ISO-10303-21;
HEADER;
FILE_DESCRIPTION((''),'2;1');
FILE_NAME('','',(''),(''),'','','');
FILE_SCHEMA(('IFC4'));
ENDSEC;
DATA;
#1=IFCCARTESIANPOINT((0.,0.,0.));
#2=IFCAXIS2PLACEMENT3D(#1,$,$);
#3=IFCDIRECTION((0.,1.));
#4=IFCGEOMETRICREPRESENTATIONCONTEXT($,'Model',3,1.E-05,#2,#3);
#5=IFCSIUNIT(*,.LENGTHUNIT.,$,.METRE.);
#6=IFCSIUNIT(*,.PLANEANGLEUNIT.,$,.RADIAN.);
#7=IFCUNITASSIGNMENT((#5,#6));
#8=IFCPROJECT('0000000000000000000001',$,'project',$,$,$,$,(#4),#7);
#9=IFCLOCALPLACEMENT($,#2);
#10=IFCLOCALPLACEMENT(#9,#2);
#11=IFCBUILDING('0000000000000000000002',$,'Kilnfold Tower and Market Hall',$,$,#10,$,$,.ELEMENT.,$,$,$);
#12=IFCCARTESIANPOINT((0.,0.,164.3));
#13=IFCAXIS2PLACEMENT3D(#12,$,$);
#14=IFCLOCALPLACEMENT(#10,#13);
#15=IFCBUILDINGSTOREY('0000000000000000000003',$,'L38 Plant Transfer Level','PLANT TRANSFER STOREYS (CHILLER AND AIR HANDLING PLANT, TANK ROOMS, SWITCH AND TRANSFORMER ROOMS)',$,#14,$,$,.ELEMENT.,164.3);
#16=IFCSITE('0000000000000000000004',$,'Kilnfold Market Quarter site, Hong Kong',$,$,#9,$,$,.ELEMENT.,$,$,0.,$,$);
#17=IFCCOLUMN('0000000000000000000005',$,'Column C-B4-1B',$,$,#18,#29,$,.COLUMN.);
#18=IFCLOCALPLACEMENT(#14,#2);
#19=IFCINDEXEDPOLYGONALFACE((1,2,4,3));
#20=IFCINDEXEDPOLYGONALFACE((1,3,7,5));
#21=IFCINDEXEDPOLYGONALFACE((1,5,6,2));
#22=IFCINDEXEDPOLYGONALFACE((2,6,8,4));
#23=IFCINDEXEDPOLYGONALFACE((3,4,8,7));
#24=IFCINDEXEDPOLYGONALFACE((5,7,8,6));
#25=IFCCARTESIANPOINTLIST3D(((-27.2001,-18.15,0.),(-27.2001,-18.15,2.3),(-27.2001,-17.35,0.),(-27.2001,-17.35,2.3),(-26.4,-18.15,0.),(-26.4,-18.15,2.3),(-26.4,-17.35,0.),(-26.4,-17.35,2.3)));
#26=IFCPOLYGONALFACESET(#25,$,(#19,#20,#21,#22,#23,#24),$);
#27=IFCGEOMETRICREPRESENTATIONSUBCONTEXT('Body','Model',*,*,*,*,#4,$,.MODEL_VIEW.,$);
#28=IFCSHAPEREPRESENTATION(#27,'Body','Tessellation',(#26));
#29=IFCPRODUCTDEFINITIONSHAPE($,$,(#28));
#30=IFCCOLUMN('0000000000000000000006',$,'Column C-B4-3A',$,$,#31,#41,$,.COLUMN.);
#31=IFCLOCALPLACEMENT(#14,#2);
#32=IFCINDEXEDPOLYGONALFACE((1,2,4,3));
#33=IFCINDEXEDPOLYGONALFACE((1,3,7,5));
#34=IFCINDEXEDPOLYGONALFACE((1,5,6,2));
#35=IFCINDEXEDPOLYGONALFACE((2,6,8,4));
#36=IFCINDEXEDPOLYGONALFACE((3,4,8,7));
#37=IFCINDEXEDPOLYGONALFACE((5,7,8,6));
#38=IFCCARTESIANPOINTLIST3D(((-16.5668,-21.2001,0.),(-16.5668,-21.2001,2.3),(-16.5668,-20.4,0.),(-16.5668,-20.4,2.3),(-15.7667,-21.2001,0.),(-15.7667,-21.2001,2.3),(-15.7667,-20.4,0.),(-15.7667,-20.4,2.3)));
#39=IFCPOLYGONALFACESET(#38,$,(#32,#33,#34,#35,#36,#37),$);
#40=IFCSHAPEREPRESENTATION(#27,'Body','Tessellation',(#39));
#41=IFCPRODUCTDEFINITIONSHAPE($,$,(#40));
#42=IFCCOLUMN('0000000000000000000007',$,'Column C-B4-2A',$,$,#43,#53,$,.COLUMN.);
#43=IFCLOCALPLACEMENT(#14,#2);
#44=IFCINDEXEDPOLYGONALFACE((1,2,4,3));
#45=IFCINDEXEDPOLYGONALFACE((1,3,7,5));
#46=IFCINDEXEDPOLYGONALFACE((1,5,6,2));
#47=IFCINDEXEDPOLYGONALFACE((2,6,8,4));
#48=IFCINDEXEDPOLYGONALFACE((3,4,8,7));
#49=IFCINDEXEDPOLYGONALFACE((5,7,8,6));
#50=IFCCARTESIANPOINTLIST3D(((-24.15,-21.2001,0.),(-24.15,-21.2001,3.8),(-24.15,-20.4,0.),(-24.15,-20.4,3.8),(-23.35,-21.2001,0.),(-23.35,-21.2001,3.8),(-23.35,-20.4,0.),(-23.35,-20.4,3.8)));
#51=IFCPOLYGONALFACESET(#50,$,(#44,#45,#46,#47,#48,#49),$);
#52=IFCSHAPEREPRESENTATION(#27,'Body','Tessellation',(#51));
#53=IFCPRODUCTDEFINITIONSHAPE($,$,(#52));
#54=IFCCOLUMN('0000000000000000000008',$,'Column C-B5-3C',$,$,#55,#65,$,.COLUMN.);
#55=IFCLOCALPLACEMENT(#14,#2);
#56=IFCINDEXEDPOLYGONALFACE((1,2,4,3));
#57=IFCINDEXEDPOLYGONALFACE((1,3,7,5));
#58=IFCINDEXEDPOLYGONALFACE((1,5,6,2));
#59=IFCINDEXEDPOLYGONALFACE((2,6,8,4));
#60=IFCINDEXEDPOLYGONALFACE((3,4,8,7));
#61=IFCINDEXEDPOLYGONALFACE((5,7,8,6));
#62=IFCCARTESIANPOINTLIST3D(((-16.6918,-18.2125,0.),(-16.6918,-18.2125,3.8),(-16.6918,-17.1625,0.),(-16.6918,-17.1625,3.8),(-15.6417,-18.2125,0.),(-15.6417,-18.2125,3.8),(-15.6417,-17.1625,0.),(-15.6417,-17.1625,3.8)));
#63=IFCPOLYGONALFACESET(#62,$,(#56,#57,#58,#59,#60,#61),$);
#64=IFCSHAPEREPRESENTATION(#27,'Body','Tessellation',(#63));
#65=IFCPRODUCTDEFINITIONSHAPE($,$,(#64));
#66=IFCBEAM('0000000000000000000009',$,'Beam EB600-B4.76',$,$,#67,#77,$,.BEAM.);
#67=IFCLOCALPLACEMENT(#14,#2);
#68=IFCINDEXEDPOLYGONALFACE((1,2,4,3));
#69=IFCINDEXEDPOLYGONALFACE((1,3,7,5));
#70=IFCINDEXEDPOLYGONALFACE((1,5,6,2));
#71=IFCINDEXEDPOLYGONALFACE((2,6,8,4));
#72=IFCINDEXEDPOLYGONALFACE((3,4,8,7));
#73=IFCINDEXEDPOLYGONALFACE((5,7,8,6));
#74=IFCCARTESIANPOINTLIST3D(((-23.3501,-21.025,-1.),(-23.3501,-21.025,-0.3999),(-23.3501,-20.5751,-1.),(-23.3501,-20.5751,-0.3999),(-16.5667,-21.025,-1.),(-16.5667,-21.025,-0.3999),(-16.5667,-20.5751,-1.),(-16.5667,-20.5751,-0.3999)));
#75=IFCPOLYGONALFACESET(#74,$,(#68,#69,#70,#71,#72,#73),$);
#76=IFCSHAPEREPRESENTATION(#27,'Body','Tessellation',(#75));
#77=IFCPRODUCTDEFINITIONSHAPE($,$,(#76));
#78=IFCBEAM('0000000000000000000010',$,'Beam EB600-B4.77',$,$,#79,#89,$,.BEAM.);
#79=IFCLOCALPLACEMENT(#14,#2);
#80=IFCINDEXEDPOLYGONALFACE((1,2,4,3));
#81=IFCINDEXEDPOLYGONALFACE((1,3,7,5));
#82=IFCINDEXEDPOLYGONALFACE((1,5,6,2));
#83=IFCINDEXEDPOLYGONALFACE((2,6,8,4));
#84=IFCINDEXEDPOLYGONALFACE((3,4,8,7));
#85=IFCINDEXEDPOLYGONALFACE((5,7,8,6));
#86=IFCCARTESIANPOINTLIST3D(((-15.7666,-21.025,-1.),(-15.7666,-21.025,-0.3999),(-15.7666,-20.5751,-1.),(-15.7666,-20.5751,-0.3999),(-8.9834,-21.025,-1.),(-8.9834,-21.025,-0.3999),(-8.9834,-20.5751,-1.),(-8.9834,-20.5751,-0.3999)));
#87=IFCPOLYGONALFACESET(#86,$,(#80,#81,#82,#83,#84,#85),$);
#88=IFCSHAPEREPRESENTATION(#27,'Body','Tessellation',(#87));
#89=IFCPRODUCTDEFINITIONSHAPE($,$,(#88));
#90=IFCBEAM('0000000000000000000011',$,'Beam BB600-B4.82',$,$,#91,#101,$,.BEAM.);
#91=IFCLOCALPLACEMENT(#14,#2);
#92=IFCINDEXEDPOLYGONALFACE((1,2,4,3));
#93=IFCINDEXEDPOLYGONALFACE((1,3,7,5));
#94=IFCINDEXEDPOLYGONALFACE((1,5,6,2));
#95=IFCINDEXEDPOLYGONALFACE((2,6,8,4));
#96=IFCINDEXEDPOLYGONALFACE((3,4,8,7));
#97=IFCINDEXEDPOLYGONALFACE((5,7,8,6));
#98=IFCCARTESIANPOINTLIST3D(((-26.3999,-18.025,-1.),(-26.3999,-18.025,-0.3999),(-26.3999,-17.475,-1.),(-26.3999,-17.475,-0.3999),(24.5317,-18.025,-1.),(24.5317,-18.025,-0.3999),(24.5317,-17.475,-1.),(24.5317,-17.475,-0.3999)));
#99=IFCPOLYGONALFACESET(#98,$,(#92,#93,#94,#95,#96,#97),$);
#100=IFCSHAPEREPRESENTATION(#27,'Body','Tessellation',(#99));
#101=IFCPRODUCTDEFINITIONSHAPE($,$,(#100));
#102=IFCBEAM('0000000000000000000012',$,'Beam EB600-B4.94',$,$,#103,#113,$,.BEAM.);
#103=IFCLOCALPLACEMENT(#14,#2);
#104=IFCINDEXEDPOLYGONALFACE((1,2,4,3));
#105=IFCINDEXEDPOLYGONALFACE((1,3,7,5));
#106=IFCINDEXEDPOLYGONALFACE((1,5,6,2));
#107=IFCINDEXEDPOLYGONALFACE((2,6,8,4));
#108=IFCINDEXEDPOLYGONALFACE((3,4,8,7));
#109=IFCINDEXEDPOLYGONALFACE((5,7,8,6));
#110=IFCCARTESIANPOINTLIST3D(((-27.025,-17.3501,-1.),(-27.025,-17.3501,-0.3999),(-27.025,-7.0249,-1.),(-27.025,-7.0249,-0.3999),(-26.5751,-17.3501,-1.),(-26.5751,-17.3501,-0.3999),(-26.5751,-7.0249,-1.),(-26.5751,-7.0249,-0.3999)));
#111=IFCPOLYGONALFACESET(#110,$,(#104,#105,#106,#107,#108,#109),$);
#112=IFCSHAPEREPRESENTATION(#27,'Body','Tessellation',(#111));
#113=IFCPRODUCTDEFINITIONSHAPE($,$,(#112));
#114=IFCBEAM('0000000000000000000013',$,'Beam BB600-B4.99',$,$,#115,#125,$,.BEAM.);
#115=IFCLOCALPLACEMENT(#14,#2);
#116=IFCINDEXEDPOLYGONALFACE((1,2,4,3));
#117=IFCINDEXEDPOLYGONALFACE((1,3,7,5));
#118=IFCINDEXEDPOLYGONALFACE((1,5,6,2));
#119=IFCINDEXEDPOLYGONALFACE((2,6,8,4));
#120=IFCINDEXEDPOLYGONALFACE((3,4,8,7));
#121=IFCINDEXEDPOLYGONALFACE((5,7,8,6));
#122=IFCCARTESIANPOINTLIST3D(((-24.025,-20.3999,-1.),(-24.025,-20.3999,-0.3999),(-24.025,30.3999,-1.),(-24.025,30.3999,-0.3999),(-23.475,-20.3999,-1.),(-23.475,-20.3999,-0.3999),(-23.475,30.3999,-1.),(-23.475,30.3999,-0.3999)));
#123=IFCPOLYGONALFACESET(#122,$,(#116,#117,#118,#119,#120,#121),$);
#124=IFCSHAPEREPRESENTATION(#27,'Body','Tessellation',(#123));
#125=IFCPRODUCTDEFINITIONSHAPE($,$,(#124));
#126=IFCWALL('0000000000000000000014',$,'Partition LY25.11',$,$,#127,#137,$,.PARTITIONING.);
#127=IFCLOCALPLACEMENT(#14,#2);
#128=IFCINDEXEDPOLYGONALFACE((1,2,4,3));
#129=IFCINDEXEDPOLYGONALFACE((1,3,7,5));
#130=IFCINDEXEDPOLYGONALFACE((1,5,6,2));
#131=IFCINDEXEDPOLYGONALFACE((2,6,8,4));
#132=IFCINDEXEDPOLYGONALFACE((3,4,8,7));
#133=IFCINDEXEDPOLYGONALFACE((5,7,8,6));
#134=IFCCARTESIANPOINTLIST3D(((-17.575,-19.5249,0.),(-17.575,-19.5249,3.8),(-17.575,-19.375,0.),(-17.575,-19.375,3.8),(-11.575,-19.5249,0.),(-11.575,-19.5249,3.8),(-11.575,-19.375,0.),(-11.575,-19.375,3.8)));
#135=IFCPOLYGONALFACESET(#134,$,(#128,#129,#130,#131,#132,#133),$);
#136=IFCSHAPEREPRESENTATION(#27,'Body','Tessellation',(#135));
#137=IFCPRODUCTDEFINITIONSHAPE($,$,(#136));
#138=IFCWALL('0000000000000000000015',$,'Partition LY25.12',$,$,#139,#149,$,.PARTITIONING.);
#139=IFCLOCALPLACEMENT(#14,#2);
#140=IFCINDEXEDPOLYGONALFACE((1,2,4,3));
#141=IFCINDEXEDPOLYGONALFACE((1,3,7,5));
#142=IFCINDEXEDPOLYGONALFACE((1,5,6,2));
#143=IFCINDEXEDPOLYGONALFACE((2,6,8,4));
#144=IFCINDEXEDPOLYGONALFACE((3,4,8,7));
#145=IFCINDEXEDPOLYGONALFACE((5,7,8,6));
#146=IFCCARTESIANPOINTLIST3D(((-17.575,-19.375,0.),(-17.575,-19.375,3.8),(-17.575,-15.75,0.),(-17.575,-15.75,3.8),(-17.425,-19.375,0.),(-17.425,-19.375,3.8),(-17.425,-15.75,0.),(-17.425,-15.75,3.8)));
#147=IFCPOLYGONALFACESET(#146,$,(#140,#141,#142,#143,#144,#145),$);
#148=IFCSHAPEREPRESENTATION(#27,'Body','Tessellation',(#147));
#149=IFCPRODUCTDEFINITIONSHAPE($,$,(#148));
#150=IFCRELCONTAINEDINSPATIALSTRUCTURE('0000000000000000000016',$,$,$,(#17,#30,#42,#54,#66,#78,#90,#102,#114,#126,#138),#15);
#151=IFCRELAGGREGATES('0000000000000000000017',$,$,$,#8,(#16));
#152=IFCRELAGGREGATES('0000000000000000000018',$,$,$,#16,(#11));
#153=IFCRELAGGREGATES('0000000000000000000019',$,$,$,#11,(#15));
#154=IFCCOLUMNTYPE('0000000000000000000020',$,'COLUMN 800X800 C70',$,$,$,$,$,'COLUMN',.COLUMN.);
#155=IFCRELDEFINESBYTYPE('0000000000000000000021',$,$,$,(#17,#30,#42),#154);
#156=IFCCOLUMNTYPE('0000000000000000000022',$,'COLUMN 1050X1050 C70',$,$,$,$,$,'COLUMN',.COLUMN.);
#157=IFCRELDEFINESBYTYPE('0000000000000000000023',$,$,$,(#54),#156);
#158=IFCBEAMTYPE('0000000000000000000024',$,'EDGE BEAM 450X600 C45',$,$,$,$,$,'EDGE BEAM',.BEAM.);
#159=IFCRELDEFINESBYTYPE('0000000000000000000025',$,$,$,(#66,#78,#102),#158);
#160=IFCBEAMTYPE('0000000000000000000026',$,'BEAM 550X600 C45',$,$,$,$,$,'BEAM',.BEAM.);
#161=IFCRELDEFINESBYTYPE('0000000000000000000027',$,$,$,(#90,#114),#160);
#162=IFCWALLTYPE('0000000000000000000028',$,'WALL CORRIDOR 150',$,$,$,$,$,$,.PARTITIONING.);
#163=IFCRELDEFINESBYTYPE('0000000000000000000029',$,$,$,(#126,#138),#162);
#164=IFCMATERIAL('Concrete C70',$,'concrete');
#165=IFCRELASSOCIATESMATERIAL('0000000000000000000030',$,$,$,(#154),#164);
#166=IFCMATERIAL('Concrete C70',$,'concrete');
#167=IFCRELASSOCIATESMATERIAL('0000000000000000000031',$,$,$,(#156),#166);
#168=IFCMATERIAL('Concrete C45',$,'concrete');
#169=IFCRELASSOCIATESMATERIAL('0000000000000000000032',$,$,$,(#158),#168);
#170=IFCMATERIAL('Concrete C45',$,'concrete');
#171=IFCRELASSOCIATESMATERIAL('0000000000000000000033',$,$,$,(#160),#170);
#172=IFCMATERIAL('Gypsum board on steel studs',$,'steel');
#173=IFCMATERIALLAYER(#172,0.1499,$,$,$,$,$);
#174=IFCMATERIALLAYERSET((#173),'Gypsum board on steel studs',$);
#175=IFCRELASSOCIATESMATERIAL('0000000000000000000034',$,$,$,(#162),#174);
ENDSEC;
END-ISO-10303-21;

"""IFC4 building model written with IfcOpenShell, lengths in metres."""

from ifc_helpers import new_model, si_unit, direction, frame, frame_2d, origin, origin_2d, place, context, subcontext, project, spatial, rectangle, extrude, source, transform, mapped, material, layer, layer_set, material_profile, profile_set, type_object, element, save


model = new_model("IFC4")

# Units and contexts
model_context = context("Model", 3, precision=1e-05, world=origin(), true_north=direction((0.0, 1.0)))
body_context = subcontext(model_context, "Body", "Model", "MODEL_VIEW")
ifc_project = project(units=[si_unit("LENGTHUNIT", "METRE"), si_unit("PLANEANGLEUNIT", "RADIAN")], contexts=[model_context])

# Site, building, storey
site_placement = place(None, origin())
site = spatial("IfcSite", under=ifc_project, at=site_placement, Name="Kilnfold Market Quarter site, Hong Kong", CompositionType="ELEMENT", RefElevation=0.0)
building_placement = place(site_placement, origin())
building = spatial("IfcBuilding", under=site, at=building_placement, Name="Kilnfold Tower and Market Hall", CompositionType="ELEMENT")
storey_placement = place(building_placement, frame((0.0, 0.0, 164.3)))
storey = spatial("IfcBuildingStorey", under=building, at=storey_placement, Name="L38 Plant Transfer Level", Description="PLANT TRANSFER STOREYS (CHILLER AND AIR HANDLING PLANT, TANK ROOMS, SWITCH AND TRANSFORMER ROOMS)", CompositionType="ELEMENT", Elevation=164.3)

# Columns
ifc_material_1 = material(Name="Concrete C70", Category="concrete")
ifc_material_profile_1 = material_profile(ifc_material_1, rectangle(XDim=0.8, YDim=0.8, at=origin_2d()), Name="RC 800x800")
ifc_profile_set_1 = profile_set([ifc_material_profile_1], Name="Concrete C70")
column_type_1 = type_object("IfcColumnType", Name="COLUMN 800X800 C70", ElementType="COLUMN", PredefinedType="COLUMN", material=ifc_profile_set_1)
shared_shape_1 = source(origin(), body_context, "Body", "SweptSolid", [
    extrude(rectangle(XDim=0.8, YDim=0.8, at=origin_2d()), origin(), (0.0, 0.0, 1.0), 2.3),
])
for number, where, z_axis, x_axis, name in (
    (1, (-26.8, -17.75, 0.0), (0.0, 0.0, 1.0), (1.0, 0.0, 0.0), "Column C-B4-1B"),
    (2, (-16.1667, -20.8, 0.0), (0.0, 0.0, 1.0), (1.0, 0.0, 0.0), "Column C-B4-3A"),
):
    element("IfcColumn", number, at=place(storey_placement, frame(where, z_axis=z_axis, x_axis=x_axis)), inside=storey, type_object=column_type_1, Name=name, PredefinedType="COLUMN", context=body_context, shape_type="MappedRepresentation", body=[
        mapped(shared_shape_1, transform((0.0, 0.0, 0.0))),
    ])
shared_shape_2 = source(origin(), body_context, "Body", "SweptSolid", [
    extrude(rectangle(XDim=0.8, YDim=0.8, at=origin_2d()), origin(), (0.0, 0.0, 1.0), 3.8),
])
column_1_placement = place(storey_placement, frame((-23.75, -20.8, 0.0), z_axis=(0.0, 0.0, 1.0), x_axis=(1.0, 0.0, 0.0)))
element("IfcColumn", 3, at=column_1_placement, inside=storey, type_object=column_type_1, Name="Column C-B4-2A", PredefinedType="COLUMN", context=body_context, shape_type="MappedRepresentation", body=[
    mapped(shared_shape_2, transform((0.0, 0.0, 0.0))),
])
ifc_material_2 = material(Name="Concrete C70", Category="concrete")
ifc_material_profile_2 = material_profile(ifc_material_2, rectangle(XDim=1.05, YDim=1.05, at=origin_2d()), Name="RC 1050x1050")
ifc_profile_set_2 = profile_set([ifc_material_profile_2], Name="Concrete C70")
column_type_2 = type_object("IfcColumnType", Name="COLUMN 1050X1050 C70", ElementType="COLUMN", PredefinedType="COLUMN", material=ifc_profile_set_2)
shared_shape_3 = source(origin(), body_context, "Body", "SweptSolid", [
    extrude(rectangle(XDim=1.05, YDim=1.05, at=origin_2d()), origin(), (0.0, 0.0, 1.0), 3.8),
])
column_2_placement = place(storey_placement, frame((-16.1667, -17.6875, 0.0), z_axis=(0.0, 0.0, 1.0), x_axis=(1.0, 0.0, 0.0)))
element("IfcColumn", 4, at=column_2_placement, inside=storey, type_object=column_type_2, Name="Column C-B5-3C", PredefinedType="COLUMN", context=body_context, shape_type="MappedRepresentation", body=[
    mapped(shared_shape_3, transform((0.0, 0.0, 0.0))),
])

# Beams
ifc_material_3 = material(Name="Concrete C45", Category="concrete")
ifc_material_profile_3 = material_profile(ifc_material_3, rectangle(XDim=0.45, YDim=0.6001, at=origin_2d()), Name="RC 450x600")
ifc_profile_set_3 = profile_set([ifc_material_profile_3], Name="Concrete C45")
beam_type_1 = type_object("IfcBeamType", Name="EDGE BEAM 450X600 C45", ElementType="EDGE BEAM", PredefinedType="BEAM", material=ifc_profile_set_3)
shared_shape_4 = source(origin(), body_context, "Body", "SweptSolid", [
    extrude(rectangle(XDim=0.45, YDim=0.6001, at=origin_2d()), origin(), (0.0, 0.0, 1.0), 6.7834),
])
beam_1_placement = place(storey_placement, frame((-23.3501, -20.8, -0.7), z_axis=(1.0, 0.0, 0.0), x_axis=(0.0, 1.0, 0.0)))
element("IfcBeam", 5, at=beam_1_placement, inside=storey, type_object=beam_type_1, Name="Beam EB600-B4.76", PredefinedType="BEAM", context=body_context, shape_type="MappedRepresentation", body=[
    mapped(shared_shape_4, transform((0.0, 0.0, 0.0))),
])
shared_shape_5 = source(origin(), body_context, "Body", "SweptSolid", [
    extrude(rectangle(XDim=0.45, YDim=0.6001, at=origin_2d()), origin(), (0.0, 0.0, 1.0), 6.7832),
])
beam_2_placement = place(storey_placement, frame((-15.7666, -20.8, -0.7), z_axis=(1.0, 0.0, 0.0), x_axis=(0.0, 1.0, 0.0)))
element("IfcBeam", 6, at=beam_2_placement, inside=storey, type_object=beam_type_1, Name="Beam EB600-B4.77", PredefinedType="BEAM", context=body_context, shape_type="MappedRepresentation", body=[
    mapped(shared_shape_5, transform((0.0, 0.0, 0.0))),
])
ifc_material_4 = material(Name="Concrete C45", Category="concrete")
ifc_material_profile_4 = material_profile(ifc_material_4, rectangle(XDim=0.55, YDim=0.6001, at=origin_2d()), Name="RC 550x600")
ifc_profile_set_4 = profile_set([ifc_material_profile_4], Name="Concrete C45")
beam_type_2 = type_object("IfcBeamType", Name="BEAM 550X600 C45", ElementType="BEAM", PredefinedType="BEAM", material=ifc_profile_set_4)
shared_shape_6 = source(origin(), body_context, "Body", "SweptSolid", [
    extrude(rectangle(XDim=0.55, YDim=0.6001, at=origin_2d()), origin(), (0.0, 0.0, 1.0), 50.9316),
])
beam_3_placement = place(storey_placement, frame((-26.3999, -17.75, -0.7), z_axis=(1.0, 0.0, 0.0), x_axis=(0.0, 1.0, 0.0)))
element("IfcBeam", 7, at=beam_3_placement, inside=storey, type_object=beam_type_2, Name="Beam BB600-B4.82", PredefinedType="BEAM", context=body_context, shape_type="MappedRepresentation", body=[
    mapped(shared_shape_6, transform((0.0, 0.0, 0.0))),
])
shared_shape_7 = source(origin(), body_context, "Body", "SweptSolid", [
    extrude(rectangle(XDim=0.45, YDim=0.6001, at=origin_2d()), origin(), (0.0, 0.0, 1.0), 10.3252),
])
beam_4_placement = place(storey_placement, frame((-26.8, -17.3501, -0.7), z_axis=(0.0, 1.0, 0.0), x_axis=(-1.0, 0.0, 0.0)))
element("IfcBeam", 8, at=beam_4_placement, inside=storey, type_object=beam_type_1, Name="Beam EB600-B4.94", PredefinedType="BEAM", context=body_context, shape_type="MappedRepresentation", body=[
    mapped(shared_shape_7, transform((0.0, 0.0, 0.0))),
])
shared_shape_8 = source(origin(), body_context, "Body", "SweptSolid", [
    extrude(rectangle(XDim=0.55, YDim=0.6001, at=origin_2d()), origin(), (0.0, 0.0, 1.0), 50.7998),
])
beam_5_placement = place(storey_placement, frame((-23.75, -20.3999, -0.7), z_axis=(0.0, 1.0, 0.0), x_axis=(-1.0, 0.0, 0.0)))
element("IfcBeam", 9, at=beam_5_placement, inside=storey, type_object=beam_type_2, Name="Beam BB600-B4.99", PredefinedType="BEAM", context=body_context, shape_type="MappedRepresentation", body=[
    mapped(shared_shape_8, transform((0.0, 0.0, 0.0))),
])

# Walls
ifc_material_5 = material(Name="Gypsum board on steel studs", Category="steel")
ifc_layer_1 = layer(ifc_material_5, 0.1499)
ifc_layer_set_1 = layer_set([ifc_layer_1], Name="Gypsum board on steel studs")
wall_type_1 = type_object("IfcWallType", Name="WALL CORRIDOR 150", PredefinedType="PARTITIONING", material=ifc_layer_set_1)
wall_1_placement = place(storey_placement, frame((-17.575, -19.45, 0.0), z_axis=(0.0, 0.0, 1.0), x_axis=(1.0, 0.0, 0.0)))
element("IfcWall", 10, at=wall_1_placement, inside=storey, type_object=wall_type_1, Name="Partition LY25.11", PredefinedType="PARTITIONING", context=body_context, shape_type="SweptSolid", body=[
    extrude(rectangle(XDim=6.0, YDim=0.1499, at=frame_2d((3.0, 0.0))), origin(), (0.0, 0.0, 1.0), 3.8),
])
wall_2_placement = place(storey_placement, frame((-17.5, -15.75, 0.0), z_axis=(0.0, 0.0, 1.0), x_axis=(0.0, -1.0, 0.0)))
element("IfcWall", 11, at=wall_2_placement, inside=storey, type_object=wall_type_1, Name="Partition LY25.12", PredefinedType="PARTITIONING", context=body_context, shape_type="SweptSolid", body=[
    extrude(rectangle(XDim=3.625, YDim=0.1499, at=frame_2d((1.8125, 0.0))), origin(), (0.0, 0.0, 1.0), 3.8),
])

save(model, "model.ifc")
